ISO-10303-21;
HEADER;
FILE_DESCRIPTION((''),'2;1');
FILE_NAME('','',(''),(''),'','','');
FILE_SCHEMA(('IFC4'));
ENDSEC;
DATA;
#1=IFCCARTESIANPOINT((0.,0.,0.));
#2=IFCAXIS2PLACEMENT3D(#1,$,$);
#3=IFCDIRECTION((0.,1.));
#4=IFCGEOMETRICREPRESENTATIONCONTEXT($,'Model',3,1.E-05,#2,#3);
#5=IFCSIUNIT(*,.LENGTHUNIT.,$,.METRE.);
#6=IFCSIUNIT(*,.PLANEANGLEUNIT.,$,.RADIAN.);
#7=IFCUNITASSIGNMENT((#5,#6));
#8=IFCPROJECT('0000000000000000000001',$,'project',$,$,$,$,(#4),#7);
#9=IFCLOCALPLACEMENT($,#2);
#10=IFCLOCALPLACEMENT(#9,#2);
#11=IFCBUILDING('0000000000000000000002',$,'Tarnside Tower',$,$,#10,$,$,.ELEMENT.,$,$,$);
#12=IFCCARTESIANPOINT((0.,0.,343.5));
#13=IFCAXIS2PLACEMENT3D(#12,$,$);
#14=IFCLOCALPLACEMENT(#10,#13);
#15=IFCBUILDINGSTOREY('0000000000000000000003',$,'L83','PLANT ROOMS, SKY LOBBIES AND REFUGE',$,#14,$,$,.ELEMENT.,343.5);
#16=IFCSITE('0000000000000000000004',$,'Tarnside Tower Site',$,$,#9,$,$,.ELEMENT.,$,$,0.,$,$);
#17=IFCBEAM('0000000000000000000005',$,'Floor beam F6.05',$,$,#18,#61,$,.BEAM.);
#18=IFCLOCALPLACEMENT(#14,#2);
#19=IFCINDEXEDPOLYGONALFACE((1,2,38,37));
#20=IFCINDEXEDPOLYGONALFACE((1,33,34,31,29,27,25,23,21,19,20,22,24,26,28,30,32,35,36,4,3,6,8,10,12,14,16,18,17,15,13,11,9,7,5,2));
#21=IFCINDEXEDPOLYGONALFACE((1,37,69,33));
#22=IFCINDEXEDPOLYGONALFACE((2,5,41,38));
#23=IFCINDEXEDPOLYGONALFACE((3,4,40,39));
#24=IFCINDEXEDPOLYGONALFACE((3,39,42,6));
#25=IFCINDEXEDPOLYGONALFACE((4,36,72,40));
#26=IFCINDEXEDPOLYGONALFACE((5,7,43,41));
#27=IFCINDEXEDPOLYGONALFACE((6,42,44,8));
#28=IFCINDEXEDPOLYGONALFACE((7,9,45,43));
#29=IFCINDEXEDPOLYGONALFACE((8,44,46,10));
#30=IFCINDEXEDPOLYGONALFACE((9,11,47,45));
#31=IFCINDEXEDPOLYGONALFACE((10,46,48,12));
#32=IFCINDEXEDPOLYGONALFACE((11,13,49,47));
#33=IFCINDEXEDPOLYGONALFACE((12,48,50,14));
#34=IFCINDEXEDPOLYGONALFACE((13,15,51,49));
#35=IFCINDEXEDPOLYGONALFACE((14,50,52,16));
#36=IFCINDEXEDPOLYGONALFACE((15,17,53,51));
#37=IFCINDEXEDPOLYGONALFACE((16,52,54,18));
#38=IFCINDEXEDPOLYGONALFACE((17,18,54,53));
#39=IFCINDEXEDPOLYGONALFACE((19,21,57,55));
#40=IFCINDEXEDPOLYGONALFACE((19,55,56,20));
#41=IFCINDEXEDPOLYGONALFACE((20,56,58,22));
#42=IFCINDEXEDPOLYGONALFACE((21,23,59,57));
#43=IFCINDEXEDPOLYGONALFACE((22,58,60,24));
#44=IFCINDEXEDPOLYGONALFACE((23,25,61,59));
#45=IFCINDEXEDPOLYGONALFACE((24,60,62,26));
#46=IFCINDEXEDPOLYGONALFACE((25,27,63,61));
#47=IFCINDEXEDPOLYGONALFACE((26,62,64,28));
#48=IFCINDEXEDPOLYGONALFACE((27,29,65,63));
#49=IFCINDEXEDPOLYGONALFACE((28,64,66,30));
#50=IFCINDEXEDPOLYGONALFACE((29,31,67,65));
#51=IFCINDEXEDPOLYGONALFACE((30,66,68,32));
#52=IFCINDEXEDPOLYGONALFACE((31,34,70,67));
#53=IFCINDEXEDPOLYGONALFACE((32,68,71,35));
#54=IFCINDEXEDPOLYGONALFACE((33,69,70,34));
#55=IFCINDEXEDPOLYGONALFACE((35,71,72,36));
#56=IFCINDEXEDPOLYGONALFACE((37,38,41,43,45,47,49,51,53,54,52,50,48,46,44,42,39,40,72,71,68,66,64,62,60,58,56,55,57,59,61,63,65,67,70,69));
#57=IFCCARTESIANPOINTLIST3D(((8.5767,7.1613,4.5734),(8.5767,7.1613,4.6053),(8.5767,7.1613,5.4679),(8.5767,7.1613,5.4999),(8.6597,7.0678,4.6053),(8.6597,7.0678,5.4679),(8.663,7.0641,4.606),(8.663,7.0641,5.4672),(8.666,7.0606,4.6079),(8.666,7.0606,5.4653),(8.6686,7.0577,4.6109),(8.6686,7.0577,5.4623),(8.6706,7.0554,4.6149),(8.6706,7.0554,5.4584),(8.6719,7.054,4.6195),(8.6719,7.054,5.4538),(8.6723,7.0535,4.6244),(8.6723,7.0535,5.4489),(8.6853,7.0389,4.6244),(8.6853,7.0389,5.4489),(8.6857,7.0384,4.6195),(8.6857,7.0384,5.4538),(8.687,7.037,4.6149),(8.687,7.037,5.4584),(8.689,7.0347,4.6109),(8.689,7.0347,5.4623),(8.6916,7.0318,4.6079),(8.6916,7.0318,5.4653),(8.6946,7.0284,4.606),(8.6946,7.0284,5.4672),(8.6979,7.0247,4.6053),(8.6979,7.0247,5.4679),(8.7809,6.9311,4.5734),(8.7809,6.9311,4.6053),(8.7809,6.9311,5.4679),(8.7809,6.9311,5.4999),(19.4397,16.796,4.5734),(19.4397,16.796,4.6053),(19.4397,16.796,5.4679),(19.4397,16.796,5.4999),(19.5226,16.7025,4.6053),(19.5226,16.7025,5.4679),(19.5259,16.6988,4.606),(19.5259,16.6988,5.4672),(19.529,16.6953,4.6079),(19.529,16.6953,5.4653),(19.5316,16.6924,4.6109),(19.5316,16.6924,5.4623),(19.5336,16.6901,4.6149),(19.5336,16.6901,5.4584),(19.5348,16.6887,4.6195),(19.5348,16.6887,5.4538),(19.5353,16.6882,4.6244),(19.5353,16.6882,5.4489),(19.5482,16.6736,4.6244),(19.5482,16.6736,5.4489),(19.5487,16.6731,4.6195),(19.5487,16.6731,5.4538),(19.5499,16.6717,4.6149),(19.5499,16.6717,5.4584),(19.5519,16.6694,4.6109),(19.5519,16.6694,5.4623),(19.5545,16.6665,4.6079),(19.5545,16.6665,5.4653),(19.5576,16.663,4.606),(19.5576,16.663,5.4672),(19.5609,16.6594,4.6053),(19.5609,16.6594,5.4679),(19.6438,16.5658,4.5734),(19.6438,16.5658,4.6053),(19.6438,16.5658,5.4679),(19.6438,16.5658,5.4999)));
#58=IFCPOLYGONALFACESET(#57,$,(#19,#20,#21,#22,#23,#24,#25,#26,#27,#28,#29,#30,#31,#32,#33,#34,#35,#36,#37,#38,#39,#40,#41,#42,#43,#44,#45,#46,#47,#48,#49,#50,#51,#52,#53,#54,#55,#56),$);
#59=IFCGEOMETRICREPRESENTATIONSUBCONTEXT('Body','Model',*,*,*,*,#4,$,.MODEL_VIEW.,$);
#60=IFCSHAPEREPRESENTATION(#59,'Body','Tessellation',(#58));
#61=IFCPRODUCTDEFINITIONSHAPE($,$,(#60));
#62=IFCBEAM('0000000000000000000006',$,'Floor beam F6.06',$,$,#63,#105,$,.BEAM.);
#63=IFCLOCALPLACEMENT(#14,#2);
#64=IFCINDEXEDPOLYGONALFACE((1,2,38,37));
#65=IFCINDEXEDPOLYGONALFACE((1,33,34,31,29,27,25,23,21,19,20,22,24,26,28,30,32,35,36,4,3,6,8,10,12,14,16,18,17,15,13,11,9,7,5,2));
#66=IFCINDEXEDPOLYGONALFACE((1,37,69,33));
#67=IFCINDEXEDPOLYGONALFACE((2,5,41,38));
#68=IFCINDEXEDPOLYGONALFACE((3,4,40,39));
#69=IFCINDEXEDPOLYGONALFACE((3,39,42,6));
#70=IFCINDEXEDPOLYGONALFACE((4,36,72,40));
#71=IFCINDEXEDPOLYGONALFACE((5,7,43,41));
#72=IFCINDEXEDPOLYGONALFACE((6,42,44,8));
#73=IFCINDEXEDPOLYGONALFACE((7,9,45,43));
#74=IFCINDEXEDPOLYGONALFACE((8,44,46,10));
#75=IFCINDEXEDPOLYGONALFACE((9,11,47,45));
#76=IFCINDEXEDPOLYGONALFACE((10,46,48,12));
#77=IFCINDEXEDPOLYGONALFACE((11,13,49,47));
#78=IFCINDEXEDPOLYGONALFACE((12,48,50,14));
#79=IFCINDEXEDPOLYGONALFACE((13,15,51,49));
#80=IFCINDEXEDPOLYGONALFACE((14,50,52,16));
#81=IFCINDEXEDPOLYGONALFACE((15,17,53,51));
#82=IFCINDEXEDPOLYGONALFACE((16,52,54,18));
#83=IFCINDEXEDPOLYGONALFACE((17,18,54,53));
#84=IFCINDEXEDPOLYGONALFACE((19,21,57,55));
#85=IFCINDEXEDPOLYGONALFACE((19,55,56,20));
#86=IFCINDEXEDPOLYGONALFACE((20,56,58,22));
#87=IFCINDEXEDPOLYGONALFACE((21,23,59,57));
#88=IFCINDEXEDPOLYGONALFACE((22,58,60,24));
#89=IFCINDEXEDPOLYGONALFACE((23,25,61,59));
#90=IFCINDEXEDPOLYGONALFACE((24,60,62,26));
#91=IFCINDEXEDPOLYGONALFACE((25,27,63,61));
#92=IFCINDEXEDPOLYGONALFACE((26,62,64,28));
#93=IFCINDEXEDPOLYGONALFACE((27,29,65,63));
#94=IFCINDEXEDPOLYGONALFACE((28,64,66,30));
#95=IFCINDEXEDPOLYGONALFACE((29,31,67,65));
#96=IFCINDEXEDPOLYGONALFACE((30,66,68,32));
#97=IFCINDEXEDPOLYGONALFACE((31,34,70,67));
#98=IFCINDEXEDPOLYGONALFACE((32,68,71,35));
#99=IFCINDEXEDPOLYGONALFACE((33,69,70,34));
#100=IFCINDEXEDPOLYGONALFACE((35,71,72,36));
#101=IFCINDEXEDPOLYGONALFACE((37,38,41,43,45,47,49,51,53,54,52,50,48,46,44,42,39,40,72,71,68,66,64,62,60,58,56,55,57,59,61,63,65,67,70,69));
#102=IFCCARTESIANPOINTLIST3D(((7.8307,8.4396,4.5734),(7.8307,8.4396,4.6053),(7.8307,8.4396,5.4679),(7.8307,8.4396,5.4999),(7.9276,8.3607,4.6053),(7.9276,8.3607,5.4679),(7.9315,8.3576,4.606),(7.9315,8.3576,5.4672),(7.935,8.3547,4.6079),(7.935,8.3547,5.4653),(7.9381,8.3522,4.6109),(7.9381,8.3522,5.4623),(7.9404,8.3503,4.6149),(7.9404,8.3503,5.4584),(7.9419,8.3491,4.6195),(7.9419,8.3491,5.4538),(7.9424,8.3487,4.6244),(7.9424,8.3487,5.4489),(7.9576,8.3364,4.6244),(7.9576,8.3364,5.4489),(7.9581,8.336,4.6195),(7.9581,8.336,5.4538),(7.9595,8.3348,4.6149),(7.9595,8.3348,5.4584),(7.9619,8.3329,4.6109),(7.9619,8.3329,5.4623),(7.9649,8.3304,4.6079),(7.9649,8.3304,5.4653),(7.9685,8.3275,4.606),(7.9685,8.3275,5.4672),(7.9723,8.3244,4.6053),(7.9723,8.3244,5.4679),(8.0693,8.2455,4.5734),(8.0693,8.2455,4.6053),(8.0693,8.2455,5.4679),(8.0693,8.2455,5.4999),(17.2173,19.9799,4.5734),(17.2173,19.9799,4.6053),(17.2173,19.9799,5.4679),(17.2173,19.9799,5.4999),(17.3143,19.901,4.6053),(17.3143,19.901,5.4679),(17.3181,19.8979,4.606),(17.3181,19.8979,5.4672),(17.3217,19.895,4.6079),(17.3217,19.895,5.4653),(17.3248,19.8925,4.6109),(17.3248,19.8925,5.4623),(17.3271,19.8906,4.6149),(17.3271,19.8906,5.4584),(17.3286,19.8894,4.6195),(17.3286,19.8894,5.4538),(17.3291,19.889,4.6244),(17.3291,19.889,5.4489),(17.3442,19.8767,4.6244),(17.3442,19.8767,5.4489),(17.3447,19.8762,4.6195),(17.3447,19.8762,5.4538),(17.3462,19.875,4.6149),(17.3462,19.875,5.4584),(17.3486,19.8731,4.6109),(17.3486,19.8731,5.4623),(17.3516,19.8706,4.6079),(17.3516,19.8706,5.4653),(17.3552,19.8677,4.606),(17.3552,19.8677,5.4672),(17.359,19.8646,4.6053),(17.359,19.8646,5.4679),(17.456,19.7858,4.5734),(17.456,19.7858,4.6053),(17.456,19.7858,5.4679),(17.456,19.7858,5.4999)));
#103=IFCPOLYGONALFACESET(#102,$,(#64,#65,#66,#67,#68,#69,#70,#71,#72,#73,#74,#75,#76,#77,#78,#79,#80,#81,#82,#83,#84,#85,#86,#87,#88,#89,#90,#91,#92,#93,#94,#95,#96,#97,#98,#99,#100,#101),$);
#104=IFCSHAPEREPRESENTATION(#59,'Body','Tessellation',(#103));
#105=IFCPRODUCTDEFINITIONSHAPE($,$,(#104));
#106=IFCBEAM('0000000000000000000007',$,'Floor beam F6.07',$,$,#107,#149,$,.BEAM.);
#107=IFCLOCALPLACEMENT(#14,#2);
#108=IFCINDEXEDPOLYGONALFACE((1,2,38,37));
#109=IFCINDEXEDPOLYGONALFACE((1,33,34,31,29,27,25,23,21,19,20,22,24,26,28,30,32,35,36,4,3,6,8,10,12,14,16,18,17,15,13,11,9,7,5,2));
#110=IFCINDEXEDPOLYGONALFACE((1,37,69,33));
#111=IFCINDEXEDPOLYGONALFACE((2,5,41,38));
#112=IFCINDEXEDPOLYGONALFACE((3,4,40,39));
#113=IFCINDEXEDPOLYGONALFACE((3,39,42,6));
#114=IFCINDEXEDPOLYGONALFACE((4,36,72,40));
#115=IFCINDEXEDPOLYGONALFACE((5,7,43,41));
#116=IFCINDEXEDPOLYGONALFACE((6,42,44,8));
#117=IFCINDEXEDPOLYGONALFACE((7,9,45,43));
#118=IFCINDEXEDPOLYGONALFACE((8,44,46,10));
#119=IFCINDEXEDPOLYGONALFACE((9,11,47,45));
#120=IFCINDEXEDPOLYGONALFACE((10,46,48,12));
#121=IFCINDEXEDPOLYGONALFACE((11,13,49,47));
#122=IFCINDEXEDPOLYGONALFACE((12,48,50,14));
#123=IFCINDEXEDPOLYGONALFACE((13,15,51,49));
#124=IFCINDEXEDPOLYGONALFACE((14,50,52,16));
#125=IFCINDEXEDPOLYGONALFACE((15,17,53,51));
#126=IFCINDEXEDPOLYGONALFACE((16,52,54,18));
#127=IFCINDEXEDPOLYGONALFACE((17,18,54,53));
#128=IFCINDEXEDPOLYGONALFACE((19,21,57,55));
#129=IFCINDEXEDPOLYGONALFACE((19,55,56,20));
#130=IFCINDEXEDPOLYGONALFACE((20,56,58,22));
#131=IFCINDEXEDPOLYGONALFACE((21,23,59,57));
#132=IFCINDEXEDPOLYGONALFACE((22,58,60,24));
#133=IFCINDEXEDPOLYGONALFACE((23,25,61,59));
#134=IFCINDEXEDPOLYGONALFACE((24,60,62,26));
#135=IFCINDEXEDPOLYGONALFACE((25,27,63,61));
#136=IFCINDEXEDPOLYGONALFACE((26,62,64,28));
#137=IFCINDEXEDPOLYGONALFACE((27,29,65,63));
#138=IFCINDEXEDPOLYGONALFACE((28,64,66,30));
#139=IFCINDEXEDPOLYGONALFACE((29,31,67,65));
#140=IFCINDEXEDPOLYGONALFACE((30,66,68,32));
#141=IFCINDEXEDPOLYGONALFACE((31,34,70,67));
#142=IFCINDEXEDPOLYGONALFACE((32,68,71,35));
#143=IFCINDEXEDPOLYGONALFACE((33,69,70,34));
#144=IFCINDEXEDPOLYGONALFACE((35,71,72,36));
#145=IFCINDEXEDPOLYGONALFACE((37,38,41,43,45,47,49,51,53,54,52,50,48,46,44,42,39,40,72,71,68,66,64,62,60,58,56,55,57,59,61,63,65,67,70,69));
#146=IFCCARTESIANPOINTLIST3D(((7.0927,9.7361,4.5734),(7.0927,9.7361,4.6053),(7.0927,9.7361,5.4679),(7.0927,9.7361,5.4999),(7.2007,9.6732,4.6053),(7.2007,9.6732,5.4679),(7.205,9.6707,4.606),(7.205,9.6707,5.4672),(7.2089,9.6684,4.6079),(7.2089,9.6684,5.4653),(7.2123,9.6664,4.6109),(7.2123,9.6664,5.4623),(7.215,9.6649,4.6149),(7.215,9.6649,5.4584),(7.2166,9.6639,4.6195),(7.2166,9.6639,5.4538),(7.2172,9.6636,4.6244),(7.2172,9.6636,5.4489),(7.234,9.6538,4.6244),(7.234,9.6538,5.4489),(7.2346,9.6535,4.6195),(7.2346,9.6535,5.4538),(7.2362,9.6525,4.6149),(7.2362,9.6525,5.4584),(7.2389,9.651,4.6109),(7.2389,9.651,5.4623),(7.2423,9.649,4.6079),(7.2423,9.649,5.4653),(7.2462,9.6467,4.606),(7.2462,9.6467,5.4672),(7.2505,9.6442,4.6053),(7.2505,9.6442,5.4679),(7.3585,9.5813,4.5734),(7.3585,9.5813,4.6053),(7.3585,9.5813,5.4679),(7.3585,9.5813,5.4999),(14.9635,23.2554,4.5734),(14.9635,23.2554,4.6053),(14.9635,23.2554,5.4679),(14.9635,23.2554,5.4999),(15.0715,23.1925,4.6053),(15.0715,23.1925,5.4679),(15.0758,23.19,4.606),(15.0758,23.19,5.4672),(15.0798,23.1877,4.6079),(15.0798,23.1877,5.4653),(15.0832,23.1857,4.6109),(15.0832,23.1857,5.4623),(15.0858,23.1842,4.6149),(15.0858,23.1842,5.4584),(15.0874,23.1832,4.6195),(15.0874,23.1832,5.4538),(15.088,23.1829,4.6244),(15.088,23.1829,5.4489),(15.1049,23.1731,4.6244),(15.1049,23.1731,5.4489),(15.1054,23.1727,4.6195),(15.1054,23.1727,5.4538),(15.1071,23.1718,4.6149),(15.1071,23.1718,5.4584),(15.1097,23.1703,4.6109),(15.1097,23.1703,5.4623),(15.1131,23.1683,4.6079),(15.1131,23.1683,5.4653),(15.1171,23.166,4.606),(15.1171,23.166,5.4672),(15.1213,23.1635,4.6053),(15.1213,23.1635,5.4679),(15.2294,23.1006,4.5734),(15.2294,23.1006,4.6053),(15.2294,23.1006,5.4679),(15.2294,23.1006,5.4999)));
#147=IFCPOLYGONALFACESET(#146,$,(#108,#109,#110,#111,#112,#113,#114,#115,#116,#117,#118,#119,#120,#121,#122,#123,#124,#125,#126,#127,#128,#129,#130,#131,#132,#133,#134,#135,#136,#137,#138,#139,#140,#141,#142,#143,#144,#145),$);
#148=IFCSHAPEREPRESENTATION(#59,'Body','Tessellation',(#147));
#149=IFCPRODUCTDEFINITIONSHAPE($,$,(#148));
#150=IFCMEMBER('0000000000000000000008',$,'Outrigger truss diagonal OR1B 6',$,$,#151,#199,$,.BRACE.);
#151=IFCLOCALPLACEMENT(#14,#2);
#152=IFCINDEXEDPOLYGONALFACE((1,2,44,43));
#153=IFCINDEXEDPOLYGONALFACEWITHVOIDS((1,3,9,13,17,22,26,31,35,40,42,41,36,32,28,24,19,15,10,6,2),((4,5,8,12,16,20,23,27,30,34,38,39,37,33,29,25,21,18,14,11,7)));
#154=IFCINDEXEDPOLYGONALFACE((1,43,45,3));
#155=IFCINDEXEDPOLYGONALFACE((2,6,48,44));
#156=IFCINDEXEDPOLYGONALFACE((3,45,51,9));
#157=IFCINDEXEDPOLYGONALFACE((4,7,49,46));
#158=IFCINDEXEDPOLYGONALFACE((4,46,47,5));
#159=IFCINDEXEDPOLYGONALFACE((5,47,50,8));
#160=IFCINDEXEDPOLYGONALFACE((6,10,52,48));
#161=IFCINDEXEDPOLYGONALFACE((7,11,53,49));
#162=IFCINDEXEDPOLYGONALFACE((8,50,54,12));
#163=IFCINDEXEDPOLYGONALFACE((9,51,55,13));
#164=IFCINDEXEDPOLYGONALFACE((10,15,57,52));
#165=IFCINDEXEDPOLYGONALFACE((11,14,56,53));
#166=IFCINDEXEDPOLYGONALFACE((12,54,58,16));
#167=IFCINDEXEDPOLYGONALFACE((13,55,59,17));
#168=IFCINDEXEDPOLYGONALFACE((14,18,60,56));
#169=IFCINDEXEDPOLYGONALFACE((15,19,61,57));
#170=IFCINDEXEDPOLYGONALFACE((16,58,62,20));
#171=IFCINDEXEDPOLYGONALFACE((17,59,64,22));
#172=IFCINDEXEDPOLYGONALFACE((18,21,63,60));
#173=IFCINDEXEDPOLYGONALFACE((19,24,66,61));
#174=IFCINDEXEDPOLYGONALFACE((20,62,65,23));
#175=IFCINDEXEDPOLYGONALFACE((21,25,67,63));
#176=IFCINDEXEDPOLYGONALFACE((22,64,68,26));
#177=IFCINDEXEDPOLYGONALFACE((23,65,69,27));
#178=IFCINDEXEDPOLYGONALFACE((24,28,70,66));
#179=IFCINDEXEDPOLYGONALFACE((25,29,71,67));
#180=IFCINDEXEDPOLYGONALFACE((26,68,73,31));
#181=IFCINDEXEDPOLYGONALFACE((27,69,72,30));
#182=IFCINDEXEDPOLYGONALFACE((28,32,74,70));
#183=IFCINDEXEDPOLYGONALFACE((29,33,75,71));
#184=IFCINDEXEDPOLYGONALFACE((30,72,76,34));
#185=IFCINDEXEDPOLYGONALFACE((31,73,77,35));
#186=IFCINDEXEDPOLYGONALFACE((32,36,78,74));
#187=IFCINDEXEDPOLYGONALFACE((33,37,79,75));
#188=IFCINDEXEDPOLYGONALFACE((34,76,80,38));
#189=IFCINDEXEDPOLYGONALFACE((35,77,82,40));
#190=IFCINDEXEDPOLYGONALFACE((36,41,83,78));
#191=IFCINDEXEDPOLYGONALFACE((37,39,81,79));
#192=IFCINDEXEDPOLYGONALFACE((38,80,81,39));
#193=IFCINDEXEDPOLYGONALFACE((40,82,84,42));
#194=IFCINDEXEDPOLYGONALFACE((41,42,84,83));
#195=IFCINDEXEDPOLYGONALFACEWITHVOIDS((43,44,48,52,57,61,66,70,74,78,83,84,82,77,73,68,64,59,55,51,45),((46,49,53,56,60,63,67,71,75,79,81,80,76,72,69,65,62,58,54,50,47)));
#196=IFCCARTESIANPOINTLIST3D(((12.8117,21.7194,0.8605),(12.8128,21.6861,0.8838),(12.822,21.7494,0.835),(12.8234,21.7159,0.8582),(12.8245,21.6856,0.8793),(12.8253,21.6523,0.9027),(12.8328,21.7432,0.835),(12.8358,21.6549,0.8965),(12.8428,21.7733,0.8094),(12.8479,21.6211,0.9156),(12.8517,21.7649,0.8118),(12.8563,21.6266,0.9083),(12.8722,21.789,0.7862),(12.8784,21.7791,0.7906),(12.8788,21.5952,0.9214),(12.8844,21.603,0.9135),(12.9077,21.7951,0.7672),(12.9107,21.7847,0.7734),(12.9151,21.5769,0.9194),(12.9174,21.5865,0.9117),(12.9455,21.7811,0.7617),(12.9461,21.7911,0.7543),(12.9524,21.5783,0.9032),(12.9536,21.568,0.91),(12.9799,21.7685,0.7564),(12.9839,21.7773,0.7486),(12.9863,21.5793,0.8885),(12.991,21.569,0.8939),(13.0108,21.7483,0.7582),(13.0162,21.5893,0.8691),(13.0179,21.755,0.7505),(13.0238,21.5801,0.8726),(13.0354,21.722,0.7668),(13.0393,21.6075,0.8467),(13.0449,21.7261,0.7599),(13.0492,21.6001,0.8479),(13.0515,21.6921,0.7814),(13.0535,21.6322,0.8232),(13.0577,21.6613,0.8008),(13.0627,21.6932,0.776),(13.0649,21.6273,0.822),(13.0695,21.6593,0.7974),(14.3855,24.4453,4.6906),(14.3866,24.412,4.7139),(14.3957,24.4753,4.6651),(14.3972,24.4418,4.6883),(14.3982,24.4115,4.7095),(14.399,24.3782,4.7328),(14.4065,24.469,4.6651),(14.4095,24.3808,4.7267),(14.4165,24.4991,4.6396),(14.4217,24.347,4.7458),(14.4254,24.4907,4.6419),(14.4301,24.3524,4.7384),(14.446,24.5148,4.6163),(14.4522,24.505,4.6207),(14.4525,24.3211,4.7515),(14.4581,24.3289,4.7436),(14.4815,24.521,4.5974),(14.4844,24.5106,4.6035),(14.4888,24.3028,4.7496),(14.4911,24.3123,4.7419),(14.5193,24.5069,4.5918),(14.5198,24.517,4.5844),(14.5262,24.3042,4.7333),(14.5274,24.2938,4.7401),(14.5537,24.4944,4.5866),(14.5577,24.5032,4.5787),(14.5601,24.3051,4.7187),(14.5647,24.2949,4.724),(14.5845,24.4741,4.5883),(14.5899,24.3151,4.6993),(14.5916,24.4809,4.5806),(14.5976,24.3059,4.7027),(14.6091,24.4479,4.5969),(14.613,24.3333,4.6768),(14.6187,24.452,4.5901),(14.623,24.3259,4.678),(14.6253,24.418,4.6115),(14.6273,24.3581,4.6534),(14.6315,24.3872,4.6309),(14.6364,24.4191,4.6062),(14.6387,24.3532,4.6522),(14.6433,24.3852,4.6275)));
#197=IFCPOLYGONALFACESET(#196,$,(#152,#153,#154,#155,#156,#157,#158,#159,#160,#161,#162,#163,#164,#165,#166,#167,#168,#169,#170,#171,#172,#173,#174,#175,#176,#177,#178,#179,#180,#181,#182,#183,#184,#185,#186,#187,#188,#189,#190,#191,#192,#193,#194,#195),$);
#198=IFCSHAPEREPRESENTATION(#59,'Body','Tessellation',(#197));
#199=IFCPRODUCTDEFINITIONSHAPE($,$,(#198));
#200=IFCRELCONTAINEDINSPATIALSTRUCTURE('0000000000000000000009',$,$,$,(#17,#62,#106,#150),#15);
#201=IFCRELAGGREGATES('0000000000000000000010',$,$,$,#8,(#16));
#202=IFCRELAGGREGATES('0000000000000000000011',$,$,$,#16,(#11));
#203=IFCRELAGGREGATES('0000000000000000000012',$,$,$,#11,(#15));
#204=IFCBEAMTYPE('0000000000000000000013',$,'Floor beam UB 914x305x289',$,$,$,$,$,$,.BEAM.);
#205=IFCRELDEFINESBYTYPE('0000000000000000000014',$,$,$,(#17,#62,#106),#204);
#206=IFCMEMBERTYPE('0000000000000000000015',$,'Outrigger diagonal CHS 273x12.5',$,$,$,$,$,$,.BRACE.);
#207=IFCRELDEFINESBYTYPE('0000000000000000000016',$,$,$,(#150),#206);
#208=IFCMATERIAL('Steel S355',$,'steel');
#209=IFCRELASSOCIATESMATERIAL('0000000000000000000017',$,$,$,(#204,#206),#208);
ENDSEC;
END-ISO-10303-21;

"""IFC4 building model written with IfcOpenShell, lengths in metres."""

from ifc_helpers import new_model, si_unit, direction, frame, origin, origin_2d, place, context, subcontext, project, spatial, hollow_circle, i_section, extrude, material, material_profile, profile_set, type_object, element, save


model = new_model("IFC4")

# Units and contexts
model_context = context("Model", 3, precision=1e-05, world=origin(), true_north=direction((0.0, 1.0)))
body_context = subcontext(model_context, "Body", "Model", "MODEL_VIEW")
ifc_project = project(units=[si_unit("LENGTHUNIT", "METRE"), si_unit("PLANEANGLEUNIT", "RADIAN")], contexts=[model_context])

# Site, building, storey
site_placement = place(None, origin())
site = spatial("IfcSite", under=ifc_project, at=site_placement, Name="Tarnside Tower Site", CompositionType="ELEMENT", RefElevation=0.0)
building_placement = place(site_placement, origin())
building = spatial("IfcBuilding", under=site, at=building_placement, Name="Tarnside Tower", CompositionType="ELEMENT")
storey_placement = place(building_placement, frame((0.0, 0.0, 343.5)))
storey = spatial("IfcBuildingStorey", under=building, at=storey_placement, Name="L83", Description="PLANT ROOMS, SKY LOBBIES AND REFUGE", CompositionType="ELEMENT", Elevation=343.5)

# Beams
ifc_material_1 = material(Name="Steel S355", Category="steel")
ifc_material_profile_1 = material_profile(ifc_material_1, i_section(OverallWidth=0.3076, OverallDepth=0.9265, WebThickness=0.0195, FlangeThickness=0.032, FilletRadius=0.019, at=origin_2d()), Name="UB 914x305x289")
ifc_profile_set_1 = profile_set([ifc_material_profile_1], Name="Steel S355")
beam_type = type_object("IfcBeamType", Name="Floor beam UB 914x305x289", PredefinedType="BEAM", material=ifc_profile_set_1)
beam_1_placement = place(storey_placement, frame((19.5417, 16.6809, 5.0366), z_axis=(-0.748136, -0.663545, 0.0), x_axis=(0.663545, -0.748136, 0.0)))
element("IfcBeam", 1, at=beam_1_placement, inside=storey, type_object=beam_type, Name="Floor beam F6.05", PredefinedType="BEAM", context=body_context, shape_type="SweptSolid", body=[
    extrude(i_section(OverallWidth=0.3076, OverallDepth=0.9265, WebThickness=0.0195, FlangeThickness=0.032, FilletRadius=0.019, at=origin_2d()), origin(), (0.0, 0.0, 1.0), 14.52),
])
beam_2_placement = place(storey_placement, frame((17.3367, 19.8828, 5.0366), z_axis=(-0.631007, -0.775777, 0.0), x_axis=(0.775777, -0.631007, 0.0)))
element("IfcBeam", 2, at=beam_2_placement, inside=storey, type_object=beam_type, Name="Floor beam F6.06", PredefinedType="BEAM", context=body_context, shape_type="SweptSolid", body=[
    extrude(i_section(OverallWidth=0.3076, OverallDepth=0.9265, WebThickness=0.0195, FlangeThickness=0.032, FilletRadius=0.019, at=origin_2d()), origin(), (0.0, 0.0, 1.0), 14.8757),
])
beam_3_placement = place(storey_placement, frame((15.0964, 23.178, 5.0366), z_axis=(-0.503136, -0.864207, 0.0), x_axis=(0.864207, -0.503136, 0.0)))
element("IfcBeam", 3, at=beam_3_placement, inside=storey, type_object=beam_type, Name="Floor beam F6.07", PredefinedType="BEAM", context=body_context, shape_type="SweptSolid", body=[
    extrude(i_section(OverallWidth=0.3076, OverallDepth=0.9265, WebThickness=0.0195, FlangeThickness=0.032, FilletRadius=0.019, at=origin_2d()), origin(), (0.0, 0.0, 1.0), 15.6436),
])

# Member
ifc_material_profile_2 = material_profile(ifc_material_1, hollow_circle(Radius=0.1365, WallThickness=0.0125, at=origin_2d()), Name="CHS 273x12.5")
ifc_profile_set_2 = profile_set([ifc_material_profile_2], Name="Steel S355")
member_type_1 = type_object("IfcMemberType", Name="Outrigger diagonal CHS 273x12.5", PredefinedType="BRACE", material=ifc_profile_set_2)
member_1_placement = place(storey_placement, frame((12.9402, 21.6812, 0.835), z_axis=(0.317448, 0.549846, 0.772591), x_axis=(-0.866029, 0.499993, 0.0)))
element("IfcMember", 4, at=member_1_placement, inside=storey, type_object=member_type_1, Name="Outrigger truss diagonal OR1B 6", PredefinedType="BRACE", context=body_context, shape_type="SweptSolid", body=[
    extrude(hollow_circle(Radius=0.1365, WallThickness=0.0125, at=origin_2d()), origin(), (0.0, 0.0, 1.0), 4.9575),
])

save(model, "model.ifc")
